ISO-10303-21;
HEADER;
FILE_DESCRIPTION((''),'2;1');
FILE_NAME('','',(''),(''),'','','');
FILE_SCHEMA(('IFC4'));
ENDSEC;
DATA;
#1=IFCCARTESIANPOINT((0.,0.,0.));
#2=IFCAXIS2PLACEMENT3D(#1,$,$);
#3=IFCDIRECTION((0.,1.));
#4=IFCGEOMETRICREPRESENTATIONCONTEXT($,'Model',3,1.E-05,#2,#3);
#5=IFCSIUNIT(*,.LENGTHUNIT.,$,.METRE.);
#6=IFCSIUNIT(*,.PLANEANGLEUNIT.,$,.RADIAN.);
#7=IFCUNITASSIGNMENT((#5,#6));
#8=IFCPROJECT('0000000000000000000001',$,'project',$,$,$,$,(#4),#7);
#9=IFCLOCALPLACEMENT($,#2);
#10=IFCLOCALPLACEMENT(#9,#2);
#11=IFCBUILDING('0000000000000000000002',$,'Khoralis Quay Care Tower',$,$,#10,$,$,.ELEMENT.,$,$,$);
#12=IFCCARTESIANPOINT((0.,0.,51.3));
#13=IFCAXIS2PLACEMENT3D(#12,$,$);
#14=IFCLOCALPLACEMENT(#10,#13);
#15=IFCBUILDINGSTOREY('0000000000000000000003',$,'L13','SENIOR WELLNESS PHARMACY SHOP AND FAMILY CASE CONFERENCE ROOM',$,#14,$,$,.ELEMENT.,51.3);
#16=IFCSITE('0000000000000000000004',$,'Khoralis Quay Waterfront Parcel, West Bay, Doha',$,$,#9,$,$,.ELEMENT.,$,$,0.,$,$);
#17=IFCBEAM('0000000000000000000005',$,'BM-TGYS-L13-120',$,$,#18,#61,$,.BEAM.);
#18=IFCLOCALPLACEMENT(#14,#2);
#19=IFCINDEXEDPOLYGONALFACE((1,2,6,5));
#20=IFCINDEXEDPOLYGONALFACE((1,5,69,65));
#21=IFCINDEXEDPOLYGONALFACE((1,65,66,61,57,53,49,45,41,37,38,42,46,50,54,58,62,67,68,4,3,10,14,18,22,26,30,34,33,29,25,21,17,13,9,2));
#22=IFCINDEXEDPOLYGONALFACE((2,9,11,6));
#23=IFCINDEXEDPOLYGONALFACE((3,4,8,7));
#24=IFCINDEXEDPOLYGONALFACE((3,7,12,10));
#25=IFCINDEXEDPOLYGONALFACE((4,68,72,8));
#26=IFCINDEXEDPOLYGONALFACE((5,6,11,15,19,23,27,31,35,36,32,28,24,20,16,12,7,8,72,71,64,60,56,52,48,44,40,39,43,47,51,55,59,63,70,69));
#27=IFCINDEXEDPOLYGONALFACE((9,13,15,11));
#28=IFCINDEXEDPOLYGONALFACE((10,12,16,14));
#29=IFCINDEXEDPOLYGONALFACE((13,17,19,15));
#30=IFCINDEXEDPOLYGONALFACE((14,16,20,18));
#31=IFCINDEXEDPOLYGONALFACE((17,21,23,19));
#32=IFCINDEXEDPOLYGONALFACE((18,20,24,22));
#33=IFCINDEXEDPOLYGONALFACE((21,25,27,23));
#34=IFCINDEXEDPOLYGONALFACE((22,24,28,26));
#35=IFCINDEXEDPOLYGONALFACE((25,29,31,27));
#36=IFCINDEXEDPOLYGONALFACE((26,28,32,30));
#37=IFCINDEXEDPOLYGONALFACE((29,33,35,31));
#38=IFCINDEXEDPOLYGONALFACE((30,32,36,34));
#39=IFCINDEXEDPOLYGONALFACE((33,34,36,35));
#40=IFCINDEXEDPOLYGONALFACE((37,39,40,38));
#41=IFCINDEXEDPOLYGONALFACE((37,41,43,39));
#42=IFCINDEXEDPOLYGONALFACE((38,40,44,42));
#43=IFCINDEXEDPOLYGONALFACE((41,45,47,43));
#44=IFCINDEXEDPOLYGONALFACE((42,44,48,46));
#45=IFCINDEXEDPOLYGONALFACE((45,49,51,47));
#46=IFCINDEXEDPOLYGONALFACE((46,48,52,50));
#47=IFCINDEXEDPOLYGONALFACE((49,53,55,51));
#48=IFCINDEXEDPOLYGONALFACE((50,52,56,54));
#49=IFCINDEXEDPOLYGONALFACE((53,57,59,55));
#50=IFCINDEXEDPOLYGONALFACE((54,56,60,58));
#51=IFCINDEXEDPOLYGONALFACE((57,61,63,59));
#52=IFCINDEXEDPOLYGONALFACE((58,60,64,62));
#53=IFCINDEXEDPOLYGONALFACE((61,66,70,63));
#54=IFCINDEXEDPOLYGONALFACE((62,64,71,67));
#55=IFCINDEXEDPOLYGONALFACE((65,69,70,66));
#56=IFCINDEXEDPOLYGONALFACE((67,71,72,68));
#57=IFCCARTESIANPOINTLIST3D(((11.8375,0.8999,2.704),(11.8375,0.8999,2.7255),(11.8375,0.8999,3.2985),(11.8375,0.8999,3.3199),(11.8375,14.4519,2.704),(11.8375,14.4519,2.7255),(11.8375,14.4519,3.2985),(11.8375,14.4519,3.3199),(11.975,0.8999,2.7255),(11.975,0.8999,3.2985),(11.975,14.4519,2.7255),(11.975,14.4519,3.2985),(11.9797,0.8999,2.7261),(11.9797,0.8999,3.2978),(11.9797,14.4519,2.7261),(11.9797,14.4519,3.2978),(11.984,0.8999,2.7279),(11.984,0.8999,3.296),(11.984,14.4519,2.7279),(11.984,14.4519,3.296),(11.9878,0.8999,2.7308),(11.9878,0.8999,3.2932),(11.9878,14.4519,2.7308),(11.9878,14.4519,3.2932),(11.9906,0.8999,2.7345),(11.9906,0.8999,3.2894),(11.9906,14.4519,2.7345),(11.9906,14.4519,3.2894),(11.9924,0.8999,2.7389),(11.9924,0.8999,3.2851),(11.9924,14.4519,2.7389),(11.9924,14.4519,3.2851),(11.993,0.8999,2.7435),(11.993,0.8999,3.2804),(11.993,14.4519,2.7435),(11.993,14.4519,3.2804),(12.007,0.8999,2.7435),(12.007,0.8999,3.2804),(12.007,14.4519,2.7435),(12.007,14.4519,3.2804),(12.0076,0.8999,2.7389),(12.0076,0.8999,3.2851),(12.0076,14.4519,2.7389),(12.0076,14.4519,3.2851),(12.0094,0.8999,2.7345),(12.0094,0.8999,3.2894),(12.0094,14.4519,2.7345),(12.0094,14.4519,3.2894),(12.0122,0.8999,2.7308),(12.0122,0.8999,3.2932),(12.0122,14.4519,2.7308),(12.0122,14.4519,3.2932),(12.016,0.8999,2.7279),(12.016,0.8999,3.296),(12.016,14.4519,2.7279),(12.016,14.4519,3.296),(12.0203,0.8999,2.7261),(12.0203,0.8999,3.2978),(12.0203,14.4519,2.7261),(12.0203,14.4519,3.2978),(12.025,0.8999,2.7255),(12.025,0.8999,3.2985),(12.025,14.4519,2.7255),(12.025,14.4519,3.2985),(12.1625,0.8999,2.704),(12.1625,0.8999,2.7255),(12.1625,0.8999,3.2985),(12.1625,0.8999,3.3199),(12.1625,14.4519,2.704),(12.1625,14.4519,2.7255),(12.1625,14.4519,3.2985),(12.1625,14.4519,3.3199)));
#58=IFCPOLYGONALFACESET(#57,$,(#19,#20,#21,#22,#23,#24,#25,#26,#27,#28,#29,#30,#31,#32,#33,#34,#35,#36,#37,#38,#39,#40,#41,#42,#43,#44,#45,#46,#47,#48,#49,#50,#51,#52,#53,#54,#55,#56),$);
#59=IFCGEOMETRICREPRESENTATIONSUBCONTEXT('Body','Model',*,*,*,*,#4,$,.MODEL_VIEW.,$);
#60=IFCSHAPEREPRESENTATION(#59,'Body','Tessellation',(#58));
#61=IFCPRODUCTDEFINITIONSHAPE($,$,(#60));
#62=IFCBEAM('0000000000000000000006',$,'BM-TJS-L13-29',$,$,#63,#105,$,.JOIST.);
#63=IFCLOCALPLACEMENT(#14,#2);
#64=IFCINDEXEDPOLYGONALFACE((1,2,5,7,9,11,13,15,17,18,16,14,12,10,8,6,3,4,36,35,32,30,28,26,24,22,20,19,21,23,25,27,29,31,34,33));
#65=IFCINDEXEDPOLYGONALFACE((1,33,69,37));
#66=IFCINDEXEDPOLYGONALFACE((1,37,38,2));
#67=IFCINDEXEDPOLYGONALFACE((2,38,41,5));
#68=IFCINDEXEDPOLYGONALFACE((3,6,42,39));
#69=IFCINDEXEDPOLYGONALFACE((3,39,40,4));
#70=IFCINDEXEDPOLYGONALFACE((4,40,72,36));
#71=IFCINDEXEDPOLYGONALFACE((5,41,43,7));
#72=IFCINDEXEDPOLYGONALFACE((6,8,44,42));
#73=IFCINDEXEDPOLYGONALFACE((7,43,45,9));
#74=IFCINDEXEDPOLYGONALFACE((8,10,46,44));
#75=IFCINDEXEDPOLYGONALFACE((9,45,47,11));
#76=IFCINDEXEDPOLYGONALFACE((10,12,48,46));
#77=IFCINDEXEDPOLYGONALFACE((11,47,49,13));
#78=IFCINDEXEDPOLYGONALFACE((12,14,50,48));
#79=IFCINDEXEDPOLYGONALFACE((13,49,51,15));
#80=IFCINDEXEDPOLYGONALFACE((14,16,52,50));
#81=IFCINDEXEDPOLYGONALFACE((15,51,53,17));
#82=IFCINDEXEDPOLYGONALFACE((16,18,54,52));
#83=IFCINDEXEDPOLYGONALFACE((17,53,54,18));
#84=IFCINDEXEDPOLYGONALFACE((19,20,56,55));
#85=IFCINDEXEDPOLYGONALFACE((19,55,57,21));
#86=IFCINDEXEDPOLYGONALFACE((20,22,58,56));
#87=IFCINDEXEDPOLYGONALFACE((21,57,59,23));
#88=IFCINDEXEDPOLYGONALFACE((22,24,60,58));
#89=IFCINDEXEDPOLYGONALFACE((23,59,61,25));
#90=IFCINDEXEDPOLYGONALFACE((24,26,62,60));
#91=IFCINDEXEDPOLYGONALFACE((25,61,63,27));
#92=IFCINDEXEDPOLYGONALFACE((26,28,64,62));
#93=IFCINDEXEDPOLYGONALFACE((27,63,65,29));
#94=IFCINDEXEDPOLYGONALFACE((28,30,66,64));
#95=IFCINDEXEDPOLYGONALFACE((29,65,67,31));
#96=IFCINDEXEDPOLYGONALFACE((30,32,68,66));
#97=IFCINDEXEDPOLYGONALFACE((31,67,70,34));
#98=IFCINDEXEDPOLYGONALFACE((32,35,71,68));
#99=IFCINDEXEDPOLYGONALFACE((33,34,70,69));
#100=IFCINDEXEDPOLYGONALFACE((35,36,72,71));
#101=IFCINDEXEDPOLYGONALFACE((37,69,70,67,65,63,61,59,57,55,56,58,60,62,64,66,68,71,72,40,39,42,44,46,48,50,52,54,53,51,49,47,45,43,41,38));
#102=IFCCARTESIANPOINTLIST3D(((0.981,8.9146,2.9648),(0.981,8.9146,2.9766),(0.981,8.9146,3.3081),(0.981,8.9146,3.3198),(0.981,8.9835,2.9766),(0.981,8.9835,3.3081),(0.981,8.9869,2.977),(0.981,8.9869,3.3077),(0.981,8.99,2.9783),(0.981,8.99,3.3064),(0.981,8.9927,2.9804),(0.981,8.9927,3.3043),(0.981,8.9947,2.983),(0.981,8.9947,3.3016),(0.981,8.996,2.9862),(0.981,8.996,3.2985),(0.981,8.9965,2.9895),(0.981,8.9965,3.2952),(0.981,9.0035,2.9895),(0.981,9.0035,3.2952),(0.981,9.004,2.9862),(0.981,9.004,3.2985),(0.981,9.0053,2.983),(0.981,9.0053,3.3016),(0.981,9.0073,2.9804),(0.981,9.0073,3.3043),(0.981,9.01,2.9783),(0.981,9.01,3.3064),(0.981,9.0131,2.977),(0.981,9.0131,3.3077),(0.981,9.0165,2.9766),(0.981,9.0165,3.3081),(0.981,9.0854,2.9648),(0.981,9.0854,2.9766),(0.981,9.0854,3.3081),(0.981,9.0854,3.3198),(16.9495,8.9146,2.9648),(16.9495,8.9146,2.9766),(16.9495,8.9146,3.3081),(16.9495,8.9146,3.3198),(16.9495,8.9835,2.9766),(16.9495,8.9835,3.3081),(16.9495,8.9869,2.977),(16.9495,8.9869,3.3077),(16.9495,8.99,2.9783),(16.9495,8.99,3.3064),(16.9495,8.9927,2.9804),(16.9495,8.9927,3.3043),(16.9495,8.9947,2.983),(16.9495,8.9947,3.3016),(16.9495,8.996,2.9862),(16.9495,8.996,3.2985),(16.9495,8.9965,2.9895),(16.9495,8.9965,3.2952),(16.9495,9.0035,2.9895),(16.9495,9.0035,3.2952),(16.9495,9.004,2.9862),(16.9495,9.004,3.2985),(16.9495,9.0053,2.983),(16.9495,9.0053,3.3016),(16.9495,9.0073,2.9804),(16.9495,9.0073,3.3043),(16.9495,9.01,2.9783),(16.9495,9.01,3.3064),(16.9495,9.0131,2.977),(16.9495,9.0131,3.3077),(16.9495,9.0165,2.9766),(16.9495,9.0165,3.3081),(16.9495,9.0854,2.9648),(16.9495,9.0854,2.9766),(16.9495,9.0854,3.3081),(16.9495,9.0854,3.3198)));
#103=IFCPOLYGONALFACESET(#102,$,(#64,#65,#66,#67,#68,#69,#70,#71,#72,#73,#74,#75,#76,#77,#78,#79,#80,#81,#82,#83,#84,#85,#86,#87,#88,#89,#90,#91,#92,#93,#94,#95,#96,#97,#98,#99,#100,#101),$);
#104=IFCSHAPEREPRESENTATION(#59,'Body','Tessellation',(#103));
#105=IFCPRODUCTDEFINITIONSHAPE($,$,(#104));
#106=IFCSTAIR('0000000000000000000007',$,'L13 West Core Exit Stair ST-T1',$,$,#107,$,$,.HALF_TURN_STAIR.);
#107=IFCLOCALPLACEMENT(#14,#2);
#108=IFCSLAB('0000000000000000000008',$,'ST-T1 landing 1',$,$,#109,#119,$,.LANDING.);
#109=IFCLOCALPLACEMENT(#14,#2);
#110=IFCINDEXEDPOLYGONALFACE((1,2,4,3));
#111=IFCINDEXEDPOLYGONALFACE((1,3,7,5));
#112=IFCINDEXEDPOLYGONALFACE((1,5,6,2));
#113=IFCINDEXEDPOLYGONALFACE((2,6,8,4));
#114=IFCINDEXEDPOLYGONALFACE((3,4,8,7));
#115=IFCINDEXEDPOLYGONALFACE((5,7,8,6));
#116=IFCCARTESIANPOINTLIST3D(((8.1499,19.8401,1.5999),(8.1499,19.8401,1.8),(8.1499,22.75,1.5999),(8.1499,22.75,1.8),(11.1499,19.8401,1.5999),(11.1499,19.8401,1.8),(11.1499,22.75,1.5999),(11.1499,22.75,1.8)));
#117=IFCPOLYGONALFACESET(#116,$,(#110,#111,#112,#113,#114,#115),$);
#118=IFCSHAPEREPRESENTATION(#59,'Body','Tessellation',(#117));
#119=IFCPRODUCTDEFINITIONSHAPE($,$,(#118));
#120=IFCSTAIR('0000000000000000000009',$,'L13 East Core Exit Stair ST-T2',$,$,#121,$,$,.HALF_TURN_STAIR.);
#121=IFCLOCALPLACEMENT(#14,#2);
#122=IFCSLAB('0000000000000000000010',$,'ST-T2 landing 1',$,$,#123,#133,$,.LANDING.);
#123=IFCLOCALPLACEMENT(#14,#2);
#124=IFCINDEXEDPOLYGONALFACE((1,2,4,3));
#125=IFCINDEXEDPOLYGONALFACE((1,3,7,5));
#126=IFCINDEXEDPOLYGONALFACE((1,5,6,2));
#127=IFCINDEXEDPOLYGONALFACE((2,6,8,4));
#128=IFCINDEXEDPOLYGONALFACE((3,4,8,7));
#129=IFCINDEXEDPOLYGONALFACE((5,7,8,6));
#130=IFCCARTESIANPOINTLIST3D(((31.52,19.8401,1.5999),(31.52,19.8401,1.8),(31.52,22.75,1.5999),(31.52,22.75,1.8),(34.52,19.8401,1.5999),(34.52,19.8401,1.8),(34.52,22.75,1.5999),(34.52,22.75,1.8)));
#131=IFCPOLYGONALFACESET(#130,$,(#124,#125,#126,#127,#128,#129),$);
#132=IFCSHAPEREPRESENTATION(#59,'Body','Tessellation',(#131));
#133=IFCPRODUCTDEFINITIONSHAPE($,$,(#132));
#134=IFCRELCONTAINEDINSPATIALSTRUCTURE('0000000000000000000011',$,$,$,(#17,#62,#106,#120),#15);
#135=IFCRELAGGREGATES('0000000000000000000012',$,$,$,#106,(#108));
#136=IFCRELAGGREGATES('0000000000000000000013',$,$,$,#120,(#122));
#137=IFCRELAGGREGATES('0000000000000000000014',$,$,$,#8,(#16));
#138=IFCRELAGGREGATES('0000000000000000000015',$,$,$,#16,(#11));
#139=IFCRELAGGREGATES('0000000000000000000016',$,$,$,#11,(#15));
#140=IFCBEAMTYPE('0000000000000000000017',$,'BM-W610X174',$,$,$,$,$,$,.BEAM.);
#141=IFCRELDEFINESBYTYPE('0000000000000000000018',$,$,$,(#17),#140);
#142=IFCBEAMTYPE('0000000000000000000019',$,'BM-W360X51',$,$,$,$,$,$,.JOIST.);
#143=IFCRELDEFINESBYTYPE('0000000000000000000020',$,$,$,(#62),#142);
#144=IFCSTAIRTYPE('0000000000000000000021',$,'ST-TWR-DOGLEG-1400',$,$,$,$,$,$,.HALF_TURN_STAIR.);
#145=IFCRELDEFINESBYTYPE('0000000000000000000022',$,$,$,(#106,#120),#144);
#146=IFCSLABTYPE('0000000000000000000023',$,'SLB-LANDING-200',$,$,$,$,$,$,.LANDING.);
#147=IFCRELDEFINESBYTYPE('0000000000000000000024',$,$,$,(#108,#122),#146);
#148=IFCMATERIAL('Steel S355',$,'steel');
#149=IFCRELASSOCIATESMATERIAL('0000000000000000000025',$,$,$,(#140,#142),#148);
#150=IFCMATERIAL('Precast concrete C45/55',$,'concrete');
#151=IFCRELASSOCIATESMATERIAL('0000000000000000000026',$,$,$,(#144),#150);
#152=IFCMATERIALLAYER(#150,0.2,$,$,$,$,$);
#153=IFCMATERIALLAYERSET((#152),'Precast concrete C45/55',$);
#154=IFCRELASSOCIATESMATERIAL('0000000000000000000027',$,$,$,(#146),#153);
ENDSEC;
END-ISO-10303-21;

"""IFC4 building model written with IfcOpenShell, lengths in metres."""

from ifc_helpers import new_model, si_unit, direction, frame, origin, origin_2d, place, context, subcontext, project, spatial, polyline, i_section, outline, extrude, source, transform, mapped, material, layer, layer_set, material_profile, profile_set, type_object, element, aggregate, save


model = new_model("IFC4")

# Units and contexts
model_context = context("Model", 3, precision=1e-05, world=origin(), true_north=direction((0.0, 1.0)))
body_context = subcontext(model_context, "Body", "Model", "MODEL_VIEW")
ifc_project = project(units=[si_unit("LENGTHUNIT", "METRE"), si_unit("PLANEANGLEUNIT", "RADIAN")], contexts=[model_context])

# Site, building, storey
site_placement = place(None, origin())
site = spatial("IfcSite", under=ifc_project, at=site_placement, Name="Khoralis Quay Waterfront Parcel, West Bay, Doha", CompositionType="ELEMENT", RefElevation=0.0)
building_placement = place(site_placement, origin())
building = spatial("IfcBuilding", under=site, at=building_placement, Name="Khoralis Quay Care Tower", CompositionType="ELEMENT")
storey_placement = place(building_placement, frame((0.0, 0.0, 51.3)))
storey = spatial("IfcBuildingStorey", under=building, at=storey_placement, Name="L13", Description="SENIOR WELLNESS PHARMACY SHOP AND FAMILY CASE CONFERENCE ROOM", CompositionType="ELEMENT", Elevation=51.3)

# Beams
ifc_material_1 = material(Name="Steel S355", Category="steel")
ifc_material_profile_1 = material_profile(ifc_material_1, i_section(OverallWidth=0.325, OverallDepth=0.616, WebThickness=0.0139, FlangeThickness=0.0215, FilletRadius=0.0181, at=origin_2d()), Name="Steel S355")
ifc_profile_set_1 = profile_set([ifc_material_profile_1], Name="Steel S355")
beam_type_1 = type_object("IfcBeamType", Name="BM-W610X174", PredefinedType="BEAM", material=ifc_profile_set_1)
shared_shape_1 = source(origin(), body_context, "Body", "SweptSolid", [
    extrude(i_section(OverallWidth=0.325, OverallDepth=0.616, WebThickness=0.0139, FlangeThickness=0.0215, FilletRadius=0.0181, at=origin_2d()), origin(), (0.0, 0.0, 1.0), 13.552),
])
beam_1_placement = place(storey_placement, frame((12.0, 0.8999, 3.012), z_axis=(0.0, 1.0, 0.0), x_axis=(-1.0, 0.0, 0.0)))
element("IfcBeam", 1, at=beam_1_placement, inside=storey, type_object=beam_type_1, Name="BM-TGYS-L13-120", PredefinedType="BEAM", context=body_context, shape_type="MappedRepresentation", body=[
    mapped(shared_shape_1, transform((0.0, 0.0, 0.0), scale=1.0)),
])
ifc_material_profile_2 = material_profile(ifc_material_1, i_section(OverallWidth=0.1709, OverallDepth=0.355, WebThickness=0.0071, FlangeThickness=0.0117, FilletRadius=0.0129, at=origin_2d()), Name="Steel S355")
ifc_profile_set_2 = profile_set([ifc_material_profile_2], Name="Steel S355")
beam_type_2 = type_object("IfcBeamType", Name="BM-W360X51", PredefinedType="JOIST", material=ifc_profile_set_2)
shared_shape_2 = source(origin(), body_context, "Body", "SweptSolid", [
    extrude(i_section(OverallWidth=0.1709, OverallDepth=0.355, WebThickness=0.0071, FlangeThickness=0.0117, FilletRadius=0.0129, at=origin_2d()), origin(), (0.0, 0.0, 1.0), 15.9685),
])
beam_2_placement = place(storey_placement, frame((0.981, 9.0, 3.1423), z_axis=(1.0, 0.0, 0.0), x_axis=(0.0, 1.0, 0.0)))
element("IfcBeam", 2, at=beam_2_placement, inside=storey, type_object=beam_type_2, Name="BM-TJS-L13-29", PredefinedType="JOIST", context=body_context, shape_type="MappedRepresentation", body=[
    mapped(shared_shape_2, transform((0.0, 0.0, 0.0), scale=1.0)),
])

# Stairs, slabs
ifc_material_2 = material(Name="Precast concrete C45/55", Category="concrete")
stair_type = type_object("IfcStairType", Name="ST-TWR-DOGLEG-1400", PredefinedType="HALF_TURN_STAIR", material=ifc_material_2)
stair_1_placement = place(storey_placement, origin())
stair_1 = element("IfcStair", 3, at=stair_1_placement, inside=storey, type_object=stair_type, Name="L13 West Core Exit Stair ST-T1", PredefinedType="HALF_TURN_STAIR")
ifc_layer_1 = layer(ifc_material_2, 0.2)
ifc_layer_set_1 = layer_set([ifc_layer_1], Name="Precast concrete C45/55")
slab_type_1 = type_object("IfcSlabType", Name="SLB-LANDING-200", PredefinedType="LANDING", material=ifc_layer_set_1)
slab_1_placement = place(storey_placement, frame((0.0, 0.0, 1.5999)))
slab_1 = element("IfcSlab", 4, at=slab_1_placement, type_object=slab_type_1, Name="ST-T1 landing 1", PredefinedType="LANDING", context=body_context, shape_type="SweptSolid", body=[
    extrude(outline(polyline([(11.1499, 19.8401), (11.1499, 22.75), (8.1499, 22.75), (8.1499, 19.8401), (11.1499, 19.8401)])), origin(), (0.0, 0.0, 1.0), 0.2002),
])
aggregate(stair_1, [slab_1])
stair_2_placement = place(storey_placement, origin())
stair_2 = element("IfcStair", 5, at=stair_2_placement, inside=storey, type_object=stair_type, Name="L13 East Core Exit Stair ST-T2", PredefinedType="HALF_TURN_STAIR")
slab_2_placement = place(storey_placement, frame((0.0, 0.0, 1.5999)))
slab_2 = element("IfcSlab", 6, at=slab_2_placement, type_object=slab_type_1, Name="ST-T2 landing 1", PredefinedType="LANDING", context=body_context, shape_type="SweptSolid", body=[
    extrude(outline(polyline([(34.52, 19.8401), (34.52, 22.75), (31.52, 22.75), (31.52, 19.8401), (34.52, 19.8401)])), origin(), (0.0, 0.0, 1.0), 0.2002),
])
aggregate(stair_2, [slab_2])

save(model, "model.ifc")
